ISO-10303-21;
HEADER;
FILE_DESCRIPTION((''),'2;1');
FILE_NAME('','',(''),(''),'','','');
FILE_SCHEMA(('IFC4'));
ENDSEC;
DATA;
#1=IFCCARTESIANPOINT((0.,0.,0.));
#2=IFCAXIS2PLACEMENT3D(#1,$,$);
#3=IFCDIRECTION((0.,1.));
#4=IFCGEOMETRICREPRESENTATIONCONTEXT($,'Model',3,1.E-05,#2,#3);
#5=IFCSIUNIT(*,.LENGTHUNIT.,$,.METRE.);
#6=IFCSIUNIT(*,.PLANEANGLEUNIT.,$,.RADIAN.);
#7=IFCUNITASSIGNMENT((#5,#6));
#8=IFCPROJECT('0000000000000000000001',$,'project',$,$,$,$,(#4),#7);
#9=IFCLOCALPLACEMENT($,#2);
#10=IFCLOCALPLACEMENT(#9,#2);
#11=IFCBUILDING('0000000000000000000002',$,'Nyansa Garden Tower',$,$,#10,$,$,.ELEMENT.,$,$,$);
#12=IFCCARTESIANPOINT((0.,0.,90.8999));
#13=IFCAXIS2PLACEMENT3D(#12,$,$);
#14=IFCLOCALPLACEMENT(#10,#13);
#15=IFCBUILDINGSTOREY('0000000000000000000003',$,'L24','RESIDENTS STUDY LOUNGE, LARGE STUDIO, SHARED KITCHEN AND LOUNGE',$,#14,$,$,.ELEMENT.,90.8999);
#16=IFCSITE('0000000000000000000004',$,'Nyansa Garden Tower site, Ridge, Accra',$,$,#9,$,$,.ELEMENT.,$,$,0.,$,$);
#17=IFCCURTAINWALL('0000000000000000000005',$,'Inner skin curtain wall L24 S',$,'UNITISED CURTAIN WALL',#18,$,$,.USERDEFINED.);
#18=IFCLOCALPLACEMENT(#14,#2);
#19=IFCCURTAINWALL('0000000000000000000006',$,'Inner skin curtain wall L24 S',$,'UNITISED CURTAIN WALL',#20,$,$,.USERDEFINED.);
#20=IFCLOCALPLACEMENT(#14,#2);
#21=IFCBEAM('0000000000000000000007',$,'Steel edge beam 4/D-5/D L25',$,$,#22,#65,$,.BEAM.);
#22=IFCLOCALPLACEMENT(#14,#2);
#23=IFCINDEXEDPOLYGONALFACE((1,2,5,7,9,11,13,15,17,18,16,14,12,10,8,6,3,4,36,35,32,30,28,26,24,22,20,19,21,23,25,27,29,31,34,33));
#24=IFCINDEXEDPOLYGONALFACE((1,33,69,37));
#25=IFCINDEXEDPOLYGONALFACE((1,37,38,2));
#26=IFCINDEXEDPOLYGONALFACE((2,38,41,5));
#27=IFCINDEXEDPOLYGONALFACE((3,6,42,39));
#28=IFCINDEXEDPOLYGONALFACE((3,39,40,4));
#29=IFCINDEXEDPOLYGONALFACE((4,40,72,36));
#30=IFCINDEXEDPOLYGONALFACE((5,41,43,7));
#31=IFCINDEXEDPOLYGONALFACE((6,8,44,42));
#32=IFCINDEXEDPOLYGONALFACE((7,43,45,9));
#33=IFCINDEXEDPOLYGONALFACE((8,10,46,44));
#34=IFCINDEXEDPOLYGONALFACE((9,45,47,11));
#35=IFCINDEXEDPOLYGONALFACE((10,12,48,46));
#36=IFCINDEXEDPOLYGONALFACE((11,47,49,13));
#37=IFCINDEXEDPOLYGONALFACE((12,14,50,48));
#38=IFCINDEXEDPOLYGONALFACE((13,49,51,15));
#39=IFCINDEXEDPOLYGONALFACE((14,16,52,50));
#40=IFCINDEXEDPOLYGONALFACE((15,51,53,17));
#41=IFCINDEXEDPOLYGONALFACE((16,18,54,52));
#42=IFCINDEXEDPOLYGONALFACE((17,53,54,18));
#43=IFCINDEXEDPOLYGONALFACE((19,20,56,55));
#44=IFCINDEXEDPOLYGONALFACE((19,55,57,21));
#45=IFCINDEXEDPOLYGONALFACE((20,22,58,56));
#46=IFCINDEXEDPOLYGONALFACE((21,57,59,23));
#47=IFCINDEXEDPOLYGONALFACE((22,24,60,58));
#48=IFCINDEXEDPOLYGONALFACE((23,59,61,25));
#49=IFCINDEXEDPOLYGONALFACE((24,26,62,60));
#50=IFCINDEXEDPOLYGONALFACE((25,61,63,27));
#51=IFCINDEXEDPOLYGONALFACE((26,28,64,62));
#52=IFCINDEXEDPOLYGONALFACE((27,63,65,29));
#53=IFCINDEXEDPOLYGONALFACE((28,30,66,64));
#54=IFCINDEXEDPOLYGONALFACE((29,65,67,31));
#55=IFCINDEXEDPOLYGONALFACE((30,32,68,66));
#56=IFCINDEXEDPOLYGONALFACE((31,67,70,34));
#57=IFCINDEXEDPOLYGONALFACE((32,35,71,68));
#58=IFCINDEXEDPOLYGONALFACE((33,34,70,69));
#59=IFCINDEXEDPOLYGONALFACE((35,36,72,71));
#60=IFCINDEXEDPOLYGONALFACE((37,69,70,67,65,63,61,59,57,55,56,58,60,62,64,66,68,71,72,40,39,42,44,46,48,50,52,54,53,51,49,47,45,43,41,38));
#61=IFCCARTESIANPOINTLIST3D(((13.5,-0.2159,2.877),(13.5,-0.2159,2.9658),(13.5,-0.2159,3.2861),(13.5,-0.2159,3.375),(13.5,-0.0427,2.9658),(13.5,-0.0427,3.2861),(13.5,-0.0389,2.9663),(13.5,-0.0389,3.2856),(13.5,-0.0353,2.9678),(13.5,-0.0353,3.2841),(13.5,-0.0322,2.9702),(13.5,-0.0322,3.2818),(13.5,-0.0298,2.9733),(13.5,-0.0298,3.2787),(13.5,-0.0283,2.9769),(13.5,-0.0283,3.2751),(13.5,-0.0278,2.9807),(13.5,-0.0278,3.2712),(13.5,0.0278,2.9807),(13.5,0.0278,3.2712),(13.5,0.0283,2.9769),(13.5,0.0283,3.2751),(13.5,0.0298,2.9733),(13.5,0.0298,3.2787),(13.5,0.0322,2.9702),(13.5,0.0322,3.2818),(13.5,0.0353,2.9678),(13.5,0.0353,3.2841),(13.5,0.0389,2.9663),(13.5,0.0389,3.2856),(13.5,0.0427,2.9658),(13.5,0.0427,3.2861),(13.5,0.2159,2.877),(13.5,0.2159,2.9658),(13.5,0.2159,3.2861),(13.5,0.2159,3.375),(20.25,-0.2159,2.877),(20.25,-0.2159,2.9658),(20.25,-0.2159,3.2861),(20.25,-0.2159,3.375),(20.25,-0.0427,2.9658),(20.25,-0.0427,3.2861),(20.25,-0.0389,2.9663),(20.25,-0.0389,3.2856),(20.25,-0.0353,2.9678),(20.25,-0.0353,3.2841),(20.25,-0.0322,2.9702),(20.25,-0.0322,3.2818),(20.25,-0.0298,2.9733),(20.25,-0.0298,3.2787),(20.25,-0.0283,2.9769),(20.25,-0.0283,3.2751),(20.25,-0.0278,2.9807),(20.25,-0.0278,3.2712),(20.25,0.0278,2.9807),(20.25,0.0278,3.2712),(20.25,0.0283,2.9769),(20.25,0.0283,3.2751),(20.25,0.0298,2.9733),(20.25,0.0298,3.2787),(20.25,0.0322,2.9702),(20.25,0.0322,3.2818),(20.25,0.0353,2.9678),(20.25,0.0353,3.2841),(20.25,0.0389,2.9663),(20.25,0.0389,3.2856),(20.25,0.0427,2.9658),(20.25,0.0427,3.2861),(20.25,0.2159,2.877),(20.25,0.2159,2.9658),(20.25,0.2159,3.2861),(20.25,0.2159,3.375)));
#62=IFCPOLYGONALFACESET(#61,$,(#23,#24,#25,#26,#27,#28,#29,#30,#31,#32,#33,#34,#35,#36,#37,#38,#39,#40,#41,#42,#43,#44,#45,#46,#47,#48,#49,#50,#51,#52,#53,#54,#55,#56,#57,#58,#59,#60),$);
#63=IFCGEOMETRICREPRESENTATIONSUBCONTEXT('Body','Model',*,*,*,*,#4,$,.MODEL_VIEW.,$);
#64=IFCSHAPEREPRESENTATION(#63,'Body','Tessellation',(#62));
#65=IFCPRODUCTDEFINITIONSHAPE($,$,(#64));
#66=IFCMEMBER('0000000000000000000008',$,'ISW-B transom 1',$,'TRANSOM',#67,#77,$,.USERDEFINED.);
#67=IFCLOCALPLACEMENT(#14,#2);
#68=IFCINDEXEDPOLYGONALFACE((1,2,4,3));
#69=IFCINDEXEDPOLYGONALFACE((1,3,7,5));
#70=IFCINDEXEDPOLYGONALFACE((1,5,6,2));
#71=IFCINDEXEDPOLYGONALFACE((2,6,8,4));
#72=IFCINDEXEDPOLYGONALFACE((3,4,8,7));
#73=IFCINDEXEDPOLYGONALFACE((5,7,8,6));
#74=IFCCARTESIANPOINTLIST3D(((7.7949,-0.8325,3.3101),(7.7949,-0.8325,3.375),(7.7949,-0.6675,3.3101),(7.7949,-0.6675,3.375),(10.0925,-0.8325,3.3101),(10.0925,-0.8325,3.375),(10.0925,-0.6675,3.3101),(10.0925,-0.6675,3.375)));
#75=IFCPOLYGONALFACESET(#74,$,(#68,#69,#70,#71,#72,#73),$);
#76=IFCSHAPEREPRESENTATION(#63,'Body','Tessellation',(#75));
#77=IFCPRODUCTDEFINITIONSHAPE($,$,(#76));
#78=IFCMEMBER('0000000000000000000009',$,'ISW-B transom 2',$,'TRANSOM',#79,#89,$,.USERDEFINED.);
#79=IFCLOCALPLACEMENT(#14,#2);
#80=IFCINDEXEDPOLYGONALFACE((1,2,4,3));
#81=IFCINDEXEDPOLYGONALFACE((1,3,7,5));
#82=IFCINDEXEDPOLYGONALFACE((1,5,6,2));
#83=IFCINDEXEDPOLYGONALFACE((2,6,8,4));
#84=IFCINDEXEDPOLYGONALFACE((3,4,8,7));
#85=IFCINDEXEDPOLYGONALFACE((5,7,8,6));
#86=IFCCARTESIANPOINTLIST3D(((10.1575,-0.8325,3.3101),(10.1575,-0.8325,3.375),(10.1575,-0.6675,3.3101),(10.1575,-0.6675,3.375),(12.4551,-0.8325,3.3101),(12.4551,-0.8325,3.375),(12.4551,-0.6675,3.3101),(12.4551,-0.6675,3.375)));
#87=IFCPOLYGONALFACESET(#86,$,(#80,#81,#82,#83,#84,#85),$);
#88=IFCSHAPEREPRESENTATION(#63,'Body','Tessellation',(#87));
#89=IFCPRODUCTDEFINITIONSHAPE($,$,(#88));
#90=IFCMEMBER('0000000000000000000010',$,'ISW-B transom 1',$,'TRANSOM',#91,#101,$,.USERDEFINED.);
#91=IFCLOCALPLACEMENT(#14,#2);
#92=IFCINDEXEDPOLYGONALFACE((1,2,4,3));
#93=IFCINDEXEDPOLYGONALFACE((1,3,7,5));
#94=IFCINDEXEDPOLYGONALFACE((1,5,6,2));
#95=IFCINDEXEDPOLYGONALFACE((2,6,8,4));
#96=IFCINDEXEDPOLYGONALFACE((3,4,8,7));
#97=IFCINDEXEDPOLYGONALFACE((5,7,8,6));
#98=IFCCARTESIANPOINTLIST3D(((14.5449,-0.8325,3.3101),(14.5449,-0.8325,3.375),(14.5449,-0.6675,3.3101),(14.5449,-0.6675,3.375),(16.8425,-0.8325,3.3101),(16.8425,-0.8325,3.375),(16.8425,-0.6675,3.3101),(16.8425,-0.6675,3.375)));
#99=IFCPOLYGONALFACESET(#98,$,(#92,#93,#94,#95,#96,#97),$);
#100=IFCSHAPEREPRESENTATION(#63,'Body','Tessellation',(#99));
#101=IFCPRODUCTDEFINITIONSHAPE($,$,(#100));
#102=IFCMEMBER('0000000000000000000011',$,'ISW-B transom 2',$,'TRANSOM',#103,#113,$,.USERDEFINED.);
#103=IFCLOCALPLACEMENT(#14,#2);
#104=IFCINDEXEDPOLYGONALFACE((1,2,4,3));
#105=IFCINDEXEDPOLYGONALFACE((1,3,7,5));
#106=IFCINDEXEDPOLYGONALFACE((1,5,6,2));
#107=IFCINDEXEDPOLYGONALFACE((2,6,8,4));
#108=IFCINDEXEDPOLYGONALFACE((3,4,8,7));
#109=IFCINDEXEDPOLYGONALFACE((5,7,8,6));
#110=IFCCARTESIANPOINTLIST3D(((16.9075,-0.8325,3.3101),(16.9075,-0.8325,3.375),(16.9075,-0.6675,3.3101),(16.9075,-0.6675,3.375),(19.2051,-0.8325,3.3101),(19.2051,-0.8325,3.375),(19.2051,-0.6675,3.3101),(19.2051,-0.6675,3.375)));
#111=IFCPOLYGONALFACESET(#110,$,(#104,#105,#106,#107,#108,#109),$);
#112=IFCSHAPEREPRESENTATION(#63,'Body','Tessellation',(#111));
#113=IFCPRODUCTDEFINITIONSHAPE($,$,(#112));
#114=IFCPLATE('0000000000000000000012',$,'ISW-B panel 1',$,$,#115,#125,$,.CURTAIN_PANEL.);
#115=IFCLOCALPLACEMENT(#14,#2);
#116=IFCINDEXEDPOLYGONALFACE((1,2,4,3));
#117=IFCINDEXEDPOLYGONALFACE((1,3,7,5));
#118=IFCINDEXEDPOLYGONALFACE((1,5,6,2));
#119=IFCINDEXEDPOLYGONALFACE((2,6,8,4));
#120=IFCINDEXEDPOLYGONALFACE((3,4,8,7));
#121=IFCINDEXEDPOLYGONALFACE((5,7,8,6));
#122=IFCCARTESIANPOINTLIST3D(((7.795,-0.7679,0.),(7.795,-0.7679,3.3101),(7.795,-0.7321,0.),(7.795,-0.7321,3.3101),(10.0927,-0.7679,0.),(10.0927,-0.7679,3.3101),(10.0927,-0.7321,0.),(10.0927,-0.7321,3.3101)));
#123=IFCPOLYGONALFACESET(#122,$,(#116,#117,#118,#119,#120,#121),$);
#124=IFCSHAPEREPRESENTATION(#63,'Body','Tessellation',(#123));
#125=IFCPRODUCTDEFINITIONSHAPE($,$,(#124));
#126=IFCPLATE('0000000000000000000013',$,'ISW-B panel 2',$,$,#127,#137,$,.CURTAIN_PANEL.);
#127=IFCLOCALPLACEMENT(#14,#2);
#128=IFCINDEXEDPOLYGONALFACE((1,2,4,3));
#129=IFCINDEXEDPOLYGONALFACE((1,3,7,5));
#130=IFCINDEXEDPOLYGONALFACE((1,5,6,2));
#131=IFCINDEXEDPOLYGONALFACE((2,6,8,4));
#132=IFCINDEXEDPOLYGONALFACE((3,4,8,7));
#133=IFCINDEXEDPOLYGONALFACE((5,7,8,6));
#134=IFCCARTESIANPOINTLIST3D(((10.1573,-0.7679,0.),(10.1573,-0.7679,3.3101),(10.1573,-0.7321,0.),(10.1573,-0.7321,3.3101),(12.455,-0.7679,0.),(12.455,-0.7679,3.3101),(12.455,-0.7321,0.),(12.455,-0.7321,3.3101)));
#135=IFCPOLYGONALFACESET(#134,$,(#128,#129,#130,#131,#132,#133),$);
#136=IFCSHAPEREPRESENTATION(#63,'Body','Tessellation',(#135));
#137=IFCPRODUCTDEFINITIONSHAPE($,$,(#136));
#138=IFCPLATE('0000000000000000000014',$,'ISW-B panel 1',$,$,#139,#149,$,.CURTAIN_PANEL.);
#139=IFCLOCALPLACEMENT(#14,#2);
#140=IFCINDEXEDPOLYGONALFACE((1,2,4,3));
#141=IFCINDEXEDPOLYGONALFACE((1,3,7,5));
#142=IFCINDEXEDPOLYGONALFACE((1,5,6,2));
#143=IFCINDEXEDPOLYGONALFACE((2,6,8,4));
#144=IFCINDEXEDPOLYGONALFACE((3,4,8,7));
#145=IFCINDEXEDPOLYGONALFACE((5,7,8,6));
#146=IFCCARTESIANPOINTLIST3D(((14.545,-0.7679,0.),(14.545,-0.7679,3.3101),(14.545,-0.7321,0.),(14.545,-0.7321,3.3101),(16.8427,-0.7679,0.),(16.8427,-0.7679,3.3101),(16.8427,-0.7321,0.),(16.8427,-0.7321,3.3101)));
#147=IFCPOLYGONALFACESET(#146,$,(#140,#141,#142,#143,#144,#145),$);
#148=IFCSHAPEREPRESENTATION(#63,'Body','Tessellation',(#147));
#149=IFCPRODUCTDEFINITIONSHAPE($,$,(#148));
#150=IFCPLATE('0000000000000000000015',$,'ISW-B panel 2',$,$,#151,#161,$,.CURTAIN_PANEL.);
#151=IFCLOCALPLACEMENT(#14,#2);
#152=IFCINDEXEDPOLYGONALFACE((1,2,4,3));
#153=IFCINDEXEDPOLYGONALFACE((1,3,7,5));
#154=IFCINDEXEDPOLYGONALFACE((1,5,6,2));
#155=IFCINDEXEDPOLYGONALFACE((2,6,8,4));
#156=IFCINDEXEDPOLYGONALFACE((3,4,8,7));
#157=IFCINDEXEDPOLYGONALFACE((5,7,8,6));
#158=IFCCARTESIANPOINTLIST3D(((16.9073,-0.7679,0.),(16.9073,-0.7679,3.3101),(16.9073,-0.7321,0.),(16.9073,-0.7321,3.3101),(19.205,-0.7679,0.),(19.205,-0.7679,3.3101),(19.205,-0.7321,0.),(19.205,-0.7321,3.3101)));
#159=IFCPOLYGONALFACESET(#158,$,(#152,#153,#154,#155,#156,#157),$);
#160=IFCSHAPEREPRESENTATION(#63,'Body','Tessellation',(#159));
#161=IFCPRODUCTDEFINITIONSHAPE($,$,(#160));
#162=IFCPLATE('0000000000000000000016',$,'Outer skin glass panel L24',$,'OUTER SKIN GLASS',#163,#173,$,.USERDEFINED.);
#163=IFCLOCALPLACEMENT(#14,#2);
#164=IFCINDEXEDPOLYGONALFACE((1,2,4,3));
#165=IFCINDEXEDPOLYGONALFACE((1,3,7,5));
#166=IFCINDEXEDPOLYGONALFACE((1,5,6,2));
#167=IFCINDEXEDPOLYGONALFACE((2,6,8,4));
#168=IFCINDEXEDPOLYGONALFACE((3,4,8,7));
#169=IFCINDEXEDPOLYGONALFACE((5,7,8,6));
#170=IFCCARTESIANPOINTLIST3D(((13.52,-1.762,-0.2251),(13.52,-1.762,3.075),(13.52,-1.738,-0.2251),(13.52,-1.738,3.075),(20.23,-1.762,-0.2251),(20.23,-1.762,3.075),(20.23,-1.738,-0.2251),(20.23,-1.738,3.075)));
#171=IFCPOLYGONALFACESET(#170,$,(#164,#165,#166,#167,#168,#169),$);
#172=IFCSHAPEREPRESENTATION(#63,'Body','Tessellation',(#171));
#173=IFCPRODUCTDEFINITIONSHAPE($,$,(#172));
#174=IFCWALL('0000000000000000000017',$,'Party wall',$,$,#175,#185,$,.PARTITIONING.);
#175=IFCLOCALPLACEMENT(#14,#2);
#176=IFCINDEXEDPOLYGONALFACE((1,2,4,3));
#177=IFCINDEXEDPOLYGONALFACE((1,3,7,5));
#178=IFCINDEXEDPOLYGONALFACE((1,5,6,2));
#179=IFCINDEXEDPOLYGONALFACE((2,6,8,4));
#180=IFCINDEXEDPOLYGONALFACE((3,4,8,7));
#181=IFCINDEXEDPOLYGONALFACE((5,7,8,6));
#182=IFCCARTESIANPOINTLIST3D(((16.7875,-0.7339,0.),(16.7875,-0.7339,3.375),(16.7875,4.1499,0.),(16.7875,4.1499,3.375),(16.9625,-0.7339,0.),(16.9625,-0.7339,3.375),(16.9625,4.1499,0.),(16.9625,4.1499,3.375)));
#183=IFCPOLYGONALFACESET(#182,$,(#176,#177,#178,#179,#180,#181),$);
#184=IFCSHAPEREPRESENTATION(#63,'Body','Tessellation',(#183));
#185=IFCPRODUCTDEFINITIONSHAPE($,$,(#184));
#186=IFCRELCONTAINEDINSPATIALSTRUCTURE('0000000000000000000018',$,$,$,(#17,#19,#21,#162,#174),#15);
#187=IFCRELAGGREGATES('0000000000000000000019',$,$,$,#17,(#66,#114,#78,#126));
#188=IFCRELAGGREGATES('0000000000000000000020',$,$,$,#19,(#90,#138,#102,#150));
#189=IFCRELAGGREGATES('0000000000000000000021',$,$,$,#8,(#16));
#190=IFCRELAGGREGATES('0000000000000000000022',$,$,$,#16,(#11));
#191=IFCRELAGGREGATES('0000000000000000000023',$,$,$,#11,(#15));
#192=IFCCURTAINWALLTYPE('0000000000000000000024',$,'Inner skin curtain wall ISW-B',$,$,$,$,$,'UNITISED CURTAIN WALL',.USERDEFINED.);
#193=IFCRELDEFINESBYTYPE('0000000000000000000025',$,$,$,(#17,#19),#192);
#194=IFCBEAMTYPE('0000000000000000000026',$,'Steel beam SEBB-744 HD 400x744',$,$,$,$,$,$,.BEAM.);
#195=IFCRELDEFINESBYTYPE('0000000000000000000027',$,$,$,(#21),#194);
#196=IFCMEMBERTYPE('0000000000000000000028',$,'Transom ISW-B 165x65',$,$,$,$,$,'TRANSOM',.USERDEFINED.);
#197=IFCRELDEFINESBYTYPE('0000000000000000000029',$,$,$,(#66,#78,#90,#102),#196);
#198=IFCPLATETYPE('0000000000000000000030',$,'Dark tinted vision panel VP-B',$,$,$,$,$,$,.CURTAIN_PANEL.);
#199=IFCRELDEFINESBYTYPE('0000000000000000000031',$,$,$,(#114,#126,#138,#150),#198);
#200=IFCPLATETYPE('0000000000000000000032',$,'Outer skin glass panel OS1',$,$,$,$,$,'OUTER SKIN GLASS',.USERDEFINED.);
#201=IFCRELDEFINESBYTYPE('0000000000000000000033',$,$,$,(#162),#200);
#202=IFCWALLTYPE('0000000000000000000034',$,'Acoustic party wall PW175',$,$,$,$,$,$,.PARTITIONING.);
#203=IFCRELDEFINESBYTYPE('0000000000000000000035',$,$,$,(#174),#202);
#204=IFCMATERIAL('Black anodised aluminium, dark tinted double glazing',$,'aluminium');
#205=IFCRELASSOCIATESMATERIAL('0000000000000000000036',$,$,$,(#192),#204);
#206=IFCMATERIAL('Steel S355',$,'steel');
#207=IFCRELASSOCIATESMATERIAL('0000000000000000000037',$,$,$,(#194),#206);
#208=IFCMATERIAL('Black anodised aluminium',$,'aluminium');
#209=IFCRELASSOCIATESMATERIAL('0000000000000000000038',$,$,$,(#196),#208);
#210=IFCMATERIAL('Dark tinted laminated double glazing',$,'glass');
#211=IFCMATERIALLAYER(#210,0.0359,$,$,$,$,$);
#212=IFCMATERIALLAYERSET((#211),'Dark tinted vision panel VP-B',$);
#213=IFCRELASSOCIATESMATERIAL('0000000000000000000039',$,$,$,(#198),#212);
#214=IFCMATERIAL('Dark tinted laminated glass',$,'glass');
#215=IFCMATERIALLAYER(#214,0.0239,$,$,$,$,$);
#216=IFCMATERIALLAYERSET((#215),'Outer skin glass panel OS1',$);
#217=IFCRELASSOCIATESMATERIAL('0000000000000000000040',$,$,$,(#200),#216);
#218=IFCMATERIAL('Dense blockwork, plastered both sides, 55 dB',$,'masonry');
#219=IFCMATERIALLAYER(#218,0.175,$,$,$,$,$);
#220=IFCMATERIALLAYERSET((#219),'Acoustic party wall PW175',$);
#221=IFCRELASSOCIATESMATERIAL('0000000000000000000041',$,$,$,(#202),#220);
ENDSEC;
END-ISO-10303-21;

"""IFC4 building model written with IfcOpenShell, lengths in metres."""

from ifc_helpers import new_model, si_unit, direction, frame, frame_2d, origin, origin_2d, place, context, subcontext, project, spatial, rectangle, i_section, extrude, material, layer, layer_set, material_profile, profile_set, type_object, element, aggregate, save


model = new_model("IFC4")

# Units and contexts
model_context = context("Model", 3, precision=1e-05, world=origin(), true_north=direction((0.0, 1.0)))
body_context = subcontext(model_context, "Body", "Model", "MODEL_VIEW")
ifc_project = project(units=[si_unit("LENGTHUNIT", "METRE"), si_unit("PLANEANGLEUNIT", "RADIAN")], contexts=[model_context])

# Site, building, storey
site_placement = place(None, origin())
site = spatial("IfcSite", under=ifc_project, at=site_placement, Name="Nyansa Garden Tower site, Ridge, Accra", CompositionType="ELEMENT", RefElevation=0.0)
building_placement = place(site_placement, origin())
building = spatial("IfcBuilding", under=site, at=building_placement, Name="Nyansa Garden Tower", CompositionType="ELEMENT")
storey_placement = place(building_placement, frame((0.0, 0.0, 90.8999)))
storey = spatial("IfcBuildingStorey", under=building, at=storey_placement, Name="L24", Description="RESIDENTS STUDY LOUNGE, LARGE STUDIO, SHARED KITCHEN AND LOUNGE", CompositionType="ELEMENT", Elevation=90.8999)

# Curtain walls
ifc_material_1 = material(Name="Black anodised aluminium, dark tinted double glazing", Category="aluminium")
curtain_wall_type = type_object("IfcCurtainWallType", Name="Inner skin curtain wall ISW-B", ElementType="UNITISED CURTAIN WALL", PredefinedType="USERDEFINED", material=ifc_material_1)
curtain_wall_1_placement = place(storey_placement, origin())
curtain_wall_1 = element("IfcCurtainWall", 1, at=curtain_wall_1_placement, inside=storey, type_object=curtain_wall_type, Name="Inner skin curtain wall L24 S", ObjectType="UNITISED CURTAIN WALL", PredefinedType="USERDEFINED")
curtain_wall_2_placement = place(storey_placement, origin())
curtain_wall_2 = element("IfcCurtainWall", 2, at=curtain_wall_2_placement, inside=storey, type_object=curtain_wall_type, Name="Inner skin curtain wall L24 S", ObjectType="UNITISED CURTAIN WALL", PredefinedType="USERDEFINED")

# Beam
ifc_material_2 = material(Name="Steel S355", Category="steel")
ifc_material_profile_1 = material_profile(ifc_material_2, i_section(OverallWidth=0.4319, OverallDepth=0.498, WebThickness=0.0557, FlangeThickness=0.0889, FilletRadius=0.0149, at=origin_2d()), Name="HD 400x744")
ifc_profile_set_1 = profile_set([ifc_material_profile_1], Name="Steel S355")
beam_type_1 = type_object("IfcBeamType", Name="Steel beam SEBB-744 HD 400x744", PredefinedType="BEAM", material=ifc_profile_set_1)
beam_1_placement = place(storey_placement, frame((13.5, 0.0, 3.126), z_axis=(1.0, 0.0, 0.0), x_axis=(0.0, 1.0, 0.0)))
element("IfcBeam", 3, at=beam_1_placement, inside=storey, type_object=beam_type_1, Name="Steel edge beam 4/D-5/D L25", PredefinedType="BEAM", context=body_context, shape_type="SweptSolid", body=[
    extrude(i_section(OverallWidth=0.4319, OverallDepth=0.498, WebThickness=0.0557, FlangeThickness=0.0889, FilletRadius=0.0149, at=origin_2d()), origin(), (0.0, 0.0, 1.0), 6.75),
])

# Members
ifc_material_3 = material(Name="Black anodised aluminium", Category="aluminium")
ifc_material_profile_2 = material_profile(ifc_material_3, rectangle(XDim=0.165, YDim=0.0649, at=origin_2d()), Name="Transom 165x65")
ifc_profile_set_2 = profile_set([ifc_material_profile_2], Name="Black anodised aluminium")
member_type_1 = type_object("IfcMemberType", Name="Transom ISW-B 165x65", ElementType="TRANSOM", PredefinedType="USERDEFINED", material=ifc_profile_set_2)
member_1_placement = place(storey_placement, frame((7.7949, -0.75, 3.3425), z_axis=(1.0, 0.0, 0.0), x_axis=(0.0, 1.0, 0.0)))
member_1 = element("IfcMember", 4, at=member_1_placement, type_object=member_type_1, Name="ISW-B transom 1", ObjectType="TRANSOM", PredefinedType="USERDEFINED", context=body_context, shape_type="SweptSolid", body=[
    extrude(rectangle(XDim=0.165, YDim=0.0649, at=origin_2d()), origin(), (0.0, 0.0, 1.0), 2.2976),
])
member_2_placement = place(storey_placement, frame((10.1575, -0.75, 3.3425), z_axis=(1.0, 0.0, 0.0), x_axis=(0.0, 1.0, 0.0)))
member_2 = element("IfcMember", 5, at=member_2_placement, type_object=member_type_1, Name="ISW-B transom 2", ObjectType="TRANSOM", PredefinedType="USERDEFINED", context=body_context, shape_type="SweptSolid", body=[
    extrude(rectangle(XDim=0.165, YDim=0.0649, at=origin_2d()), origin(), (0.0, 0.0, 1.0), 2.2976),
])
member_3_placement = place(storey_placement, frame((14.5449, -0.75, 3.3425), z_axis=(1.0, 0.0, 0.0), x_axis=(0.0, 1.0, 0.0)))
member_3 = element("IfcMember", 6, at=member_3_placement, type_object=member_type_1, Name="ISW-B transom 1", ObjectType="TRANSOM", PredefinedType="USERDEFINED", context=body_context, shape_type="SweptSolid", body=[
    extrude(rectangle(XDim=0.165, YDim=0.0649, at=origin_2d()), origin(), (0.0, 0.0, 1.0), 2.2976),
])
member_4_placement = place(storey_placement, frame((16.9075, -0.75, 3.3425), z_axis=(1.0, 0.0, 0.0), x_axis=(0.0, 1.0, 0.0)))
member_4 = element("IfcMember", 7, at=member_4_placement, type_object=member_type_1, Name="ISW-B transom 2", ObjectType="TRANSOM", PredefinedType="USERDEFINED", context=body_context, shape_type="SweptSolid", body=[
    extrude(rectangle(XDim=0.165, YDim=0.0649, at=origin_2d()), origin(), (0.0, 0.0, 1.0), 2.2976),
])

# Plates
ifc_material_4 = material(Name="Dark tinted laminated double glazing", Category="glass")
ifc_layer_1 = layer(ifc_material_4, 0.0359)
ifc_layer_set_1 = layer_set([ifc_layer_1], Name="Dark tinted vision panel VP-B")
plate_type_1 = type_object("IfcPlateType", Name="Dark tinted vision panel VP-B", PredefinedType="CURTAIN_PANEL", material=ifc_layer_set_1)
plate_1_placement = place(storey_placement, frame((8.9438, -0.75, 0.0), z_axis=(0.0, 0.0, 1.0), x_axis=(1.0, 0.0, 0.0)))
plate_1 = element("IfcPlate", 8, at=plate_1_placement, type_object=plate_type_1, Name="ISW-B panel 1", PredefinedType="CURTAIN_PANEL", context=body_context, shape_type="SweptSolid", body=[
    extrude(rectangle(XDim=2.2976, YDim=0.0359, at=origin_2d()), origin(), (0.0, 0.0, 1.0), 3.3101),
])
plate_2_placement = place(storey_placement, frame((11.3062, -0.75, 0.0), z_axis=(0.0, 0.0, 1.0), x_axis=(1.0, 0.0, 0.0)))
plate_2 = element("IfcPlate", 9, at=plate_2_placement, type_object=plate_type_1, Name="ISW-B panel 2", PredefinedType="CURTAIN_PANEL", context=body_context, shape_type="SweptSolid", body=[
    extrude(rectangle(XDim=2.2976, YDim=0.0359, at=origin_2d()), origin(), (0.0, 0.0, 1.0), 3.3101),
])
aggregate(curtain_wall_1, [member_1, plate_1, member_2, plate_2])
plate_3_placement = place(storey_placement, frame((15.6938, -0.75, 0.0), z_axis=(0.0, 0.0, 1.0), x_axis=(1.0, 0.0, 0.0)))
plate_3 = element("IfcPlate", 10, at=plate_3_placement, type_object=plate_type_1, Name="ISW-B panel 1", PredefinedType="CURTAIN_PANEL", context=body_context, shape_type="SweptSolid", body=[
    extrude(rectangle(XDim=2.2976, YDim=0.0359, at=origin_2d()), origin(), (0.0, 0.0, 1.0), 3.3101),
])
plate_4_placement = place(storey_placement, frame((18.0562, -0.75, 0.0), z_axis=(0.0, 0.0, 1.0), x_axis=(1.0, 0.0, 0.0)))
plate_4 = element("IfcPlate", 11, at=plate_4_placement, type_object=plate_type_1, Name="ISW-B panel 2", PredefinedType="CURTAIN_PANEL", context=body_context, shape_type="SweptSolid", body=[
    extrude(rectangle(XDim=2.2976, YDim=0.0359, at=origin_2d()), origin(), (0.0, 0.0, 1.0), 3.3101),
])
aggregate(curtain_wall_2, [member_3, plate_3, member_4, plate_4])
ifc_material_5 = material(Name="Dark tinted laminated glass", Category="glass")
ifc_layer_2 = layer(ifc_material_5, 0.0239)
ifc_layer_set_2 = layer_set([ifc_layer_2], Name="Outer skin glass panel OS1")
plate_type_2 = type_object("IfcPlateType", Name="Outer skin glass panel OS1", ElementType="OUTER SKIN GLASS", PredefinedType="USERDEFINED", material=ifc_layer_set_2)
plate_5_placement = place(storey_placement, frame((16.875, -1.75, -0.2251), z_axis=(0.0, 0.0, 1.0), x_axis=(1.0, 0.0, 0.0)))
element("IfcPlate", 12, at=plate_5_placement, inside=storey, type_object=plate_type_2, Name="Outer skin glass panel L24", ObjectType="OUTER SKIN GLASS", PredefinedType="USERDEFINED", context=body_context, shape_type="SweptSolid", body=[
    extrude(rectangle(XDim=6.71, YDim=0.0239, at=origin_2d()), origin(), (0.0, 0.0, 1.0), 3.3),
])

# Wall
ifc_material_6 = material(Name="Dense blockwork, plastered both sides, 55 dB", Category="masonry")
ifc_layer_3 = layer(ifc_material_6, 0.175)
ifc_layer_set_3 = layer_set([ifc_layer_3], Name="Acoustic party wall PW175")
wall_type_1 = type_object("IfcWallType", Name="Acoustic party wall PW175", PredefinedType="PARTITIONING", material=ifc_layer_set_3)
wall_1_placement = place(storey_placement, frame((16.875, -0.7339, 0.0), z_axis=(0.0, 0.0, 1.0), x_axis=(0.0, 1.0, 0.0)))
element("IfcWall", 13, at=wall_1_placement, inside=storey, type_object=wall_type_1, Name="Party wall", PredefinedType="PARTITIONING", context=body_context, shape_type="SweptSolid", body=[
    extrude(rectangle(XDim=4.8838, YDim=0.175, at=frame_2d((2.4419, 0.0))), origin(), (0.0, 0.0, 1.0), 3.375),
])

save(model, "model.ifc")
